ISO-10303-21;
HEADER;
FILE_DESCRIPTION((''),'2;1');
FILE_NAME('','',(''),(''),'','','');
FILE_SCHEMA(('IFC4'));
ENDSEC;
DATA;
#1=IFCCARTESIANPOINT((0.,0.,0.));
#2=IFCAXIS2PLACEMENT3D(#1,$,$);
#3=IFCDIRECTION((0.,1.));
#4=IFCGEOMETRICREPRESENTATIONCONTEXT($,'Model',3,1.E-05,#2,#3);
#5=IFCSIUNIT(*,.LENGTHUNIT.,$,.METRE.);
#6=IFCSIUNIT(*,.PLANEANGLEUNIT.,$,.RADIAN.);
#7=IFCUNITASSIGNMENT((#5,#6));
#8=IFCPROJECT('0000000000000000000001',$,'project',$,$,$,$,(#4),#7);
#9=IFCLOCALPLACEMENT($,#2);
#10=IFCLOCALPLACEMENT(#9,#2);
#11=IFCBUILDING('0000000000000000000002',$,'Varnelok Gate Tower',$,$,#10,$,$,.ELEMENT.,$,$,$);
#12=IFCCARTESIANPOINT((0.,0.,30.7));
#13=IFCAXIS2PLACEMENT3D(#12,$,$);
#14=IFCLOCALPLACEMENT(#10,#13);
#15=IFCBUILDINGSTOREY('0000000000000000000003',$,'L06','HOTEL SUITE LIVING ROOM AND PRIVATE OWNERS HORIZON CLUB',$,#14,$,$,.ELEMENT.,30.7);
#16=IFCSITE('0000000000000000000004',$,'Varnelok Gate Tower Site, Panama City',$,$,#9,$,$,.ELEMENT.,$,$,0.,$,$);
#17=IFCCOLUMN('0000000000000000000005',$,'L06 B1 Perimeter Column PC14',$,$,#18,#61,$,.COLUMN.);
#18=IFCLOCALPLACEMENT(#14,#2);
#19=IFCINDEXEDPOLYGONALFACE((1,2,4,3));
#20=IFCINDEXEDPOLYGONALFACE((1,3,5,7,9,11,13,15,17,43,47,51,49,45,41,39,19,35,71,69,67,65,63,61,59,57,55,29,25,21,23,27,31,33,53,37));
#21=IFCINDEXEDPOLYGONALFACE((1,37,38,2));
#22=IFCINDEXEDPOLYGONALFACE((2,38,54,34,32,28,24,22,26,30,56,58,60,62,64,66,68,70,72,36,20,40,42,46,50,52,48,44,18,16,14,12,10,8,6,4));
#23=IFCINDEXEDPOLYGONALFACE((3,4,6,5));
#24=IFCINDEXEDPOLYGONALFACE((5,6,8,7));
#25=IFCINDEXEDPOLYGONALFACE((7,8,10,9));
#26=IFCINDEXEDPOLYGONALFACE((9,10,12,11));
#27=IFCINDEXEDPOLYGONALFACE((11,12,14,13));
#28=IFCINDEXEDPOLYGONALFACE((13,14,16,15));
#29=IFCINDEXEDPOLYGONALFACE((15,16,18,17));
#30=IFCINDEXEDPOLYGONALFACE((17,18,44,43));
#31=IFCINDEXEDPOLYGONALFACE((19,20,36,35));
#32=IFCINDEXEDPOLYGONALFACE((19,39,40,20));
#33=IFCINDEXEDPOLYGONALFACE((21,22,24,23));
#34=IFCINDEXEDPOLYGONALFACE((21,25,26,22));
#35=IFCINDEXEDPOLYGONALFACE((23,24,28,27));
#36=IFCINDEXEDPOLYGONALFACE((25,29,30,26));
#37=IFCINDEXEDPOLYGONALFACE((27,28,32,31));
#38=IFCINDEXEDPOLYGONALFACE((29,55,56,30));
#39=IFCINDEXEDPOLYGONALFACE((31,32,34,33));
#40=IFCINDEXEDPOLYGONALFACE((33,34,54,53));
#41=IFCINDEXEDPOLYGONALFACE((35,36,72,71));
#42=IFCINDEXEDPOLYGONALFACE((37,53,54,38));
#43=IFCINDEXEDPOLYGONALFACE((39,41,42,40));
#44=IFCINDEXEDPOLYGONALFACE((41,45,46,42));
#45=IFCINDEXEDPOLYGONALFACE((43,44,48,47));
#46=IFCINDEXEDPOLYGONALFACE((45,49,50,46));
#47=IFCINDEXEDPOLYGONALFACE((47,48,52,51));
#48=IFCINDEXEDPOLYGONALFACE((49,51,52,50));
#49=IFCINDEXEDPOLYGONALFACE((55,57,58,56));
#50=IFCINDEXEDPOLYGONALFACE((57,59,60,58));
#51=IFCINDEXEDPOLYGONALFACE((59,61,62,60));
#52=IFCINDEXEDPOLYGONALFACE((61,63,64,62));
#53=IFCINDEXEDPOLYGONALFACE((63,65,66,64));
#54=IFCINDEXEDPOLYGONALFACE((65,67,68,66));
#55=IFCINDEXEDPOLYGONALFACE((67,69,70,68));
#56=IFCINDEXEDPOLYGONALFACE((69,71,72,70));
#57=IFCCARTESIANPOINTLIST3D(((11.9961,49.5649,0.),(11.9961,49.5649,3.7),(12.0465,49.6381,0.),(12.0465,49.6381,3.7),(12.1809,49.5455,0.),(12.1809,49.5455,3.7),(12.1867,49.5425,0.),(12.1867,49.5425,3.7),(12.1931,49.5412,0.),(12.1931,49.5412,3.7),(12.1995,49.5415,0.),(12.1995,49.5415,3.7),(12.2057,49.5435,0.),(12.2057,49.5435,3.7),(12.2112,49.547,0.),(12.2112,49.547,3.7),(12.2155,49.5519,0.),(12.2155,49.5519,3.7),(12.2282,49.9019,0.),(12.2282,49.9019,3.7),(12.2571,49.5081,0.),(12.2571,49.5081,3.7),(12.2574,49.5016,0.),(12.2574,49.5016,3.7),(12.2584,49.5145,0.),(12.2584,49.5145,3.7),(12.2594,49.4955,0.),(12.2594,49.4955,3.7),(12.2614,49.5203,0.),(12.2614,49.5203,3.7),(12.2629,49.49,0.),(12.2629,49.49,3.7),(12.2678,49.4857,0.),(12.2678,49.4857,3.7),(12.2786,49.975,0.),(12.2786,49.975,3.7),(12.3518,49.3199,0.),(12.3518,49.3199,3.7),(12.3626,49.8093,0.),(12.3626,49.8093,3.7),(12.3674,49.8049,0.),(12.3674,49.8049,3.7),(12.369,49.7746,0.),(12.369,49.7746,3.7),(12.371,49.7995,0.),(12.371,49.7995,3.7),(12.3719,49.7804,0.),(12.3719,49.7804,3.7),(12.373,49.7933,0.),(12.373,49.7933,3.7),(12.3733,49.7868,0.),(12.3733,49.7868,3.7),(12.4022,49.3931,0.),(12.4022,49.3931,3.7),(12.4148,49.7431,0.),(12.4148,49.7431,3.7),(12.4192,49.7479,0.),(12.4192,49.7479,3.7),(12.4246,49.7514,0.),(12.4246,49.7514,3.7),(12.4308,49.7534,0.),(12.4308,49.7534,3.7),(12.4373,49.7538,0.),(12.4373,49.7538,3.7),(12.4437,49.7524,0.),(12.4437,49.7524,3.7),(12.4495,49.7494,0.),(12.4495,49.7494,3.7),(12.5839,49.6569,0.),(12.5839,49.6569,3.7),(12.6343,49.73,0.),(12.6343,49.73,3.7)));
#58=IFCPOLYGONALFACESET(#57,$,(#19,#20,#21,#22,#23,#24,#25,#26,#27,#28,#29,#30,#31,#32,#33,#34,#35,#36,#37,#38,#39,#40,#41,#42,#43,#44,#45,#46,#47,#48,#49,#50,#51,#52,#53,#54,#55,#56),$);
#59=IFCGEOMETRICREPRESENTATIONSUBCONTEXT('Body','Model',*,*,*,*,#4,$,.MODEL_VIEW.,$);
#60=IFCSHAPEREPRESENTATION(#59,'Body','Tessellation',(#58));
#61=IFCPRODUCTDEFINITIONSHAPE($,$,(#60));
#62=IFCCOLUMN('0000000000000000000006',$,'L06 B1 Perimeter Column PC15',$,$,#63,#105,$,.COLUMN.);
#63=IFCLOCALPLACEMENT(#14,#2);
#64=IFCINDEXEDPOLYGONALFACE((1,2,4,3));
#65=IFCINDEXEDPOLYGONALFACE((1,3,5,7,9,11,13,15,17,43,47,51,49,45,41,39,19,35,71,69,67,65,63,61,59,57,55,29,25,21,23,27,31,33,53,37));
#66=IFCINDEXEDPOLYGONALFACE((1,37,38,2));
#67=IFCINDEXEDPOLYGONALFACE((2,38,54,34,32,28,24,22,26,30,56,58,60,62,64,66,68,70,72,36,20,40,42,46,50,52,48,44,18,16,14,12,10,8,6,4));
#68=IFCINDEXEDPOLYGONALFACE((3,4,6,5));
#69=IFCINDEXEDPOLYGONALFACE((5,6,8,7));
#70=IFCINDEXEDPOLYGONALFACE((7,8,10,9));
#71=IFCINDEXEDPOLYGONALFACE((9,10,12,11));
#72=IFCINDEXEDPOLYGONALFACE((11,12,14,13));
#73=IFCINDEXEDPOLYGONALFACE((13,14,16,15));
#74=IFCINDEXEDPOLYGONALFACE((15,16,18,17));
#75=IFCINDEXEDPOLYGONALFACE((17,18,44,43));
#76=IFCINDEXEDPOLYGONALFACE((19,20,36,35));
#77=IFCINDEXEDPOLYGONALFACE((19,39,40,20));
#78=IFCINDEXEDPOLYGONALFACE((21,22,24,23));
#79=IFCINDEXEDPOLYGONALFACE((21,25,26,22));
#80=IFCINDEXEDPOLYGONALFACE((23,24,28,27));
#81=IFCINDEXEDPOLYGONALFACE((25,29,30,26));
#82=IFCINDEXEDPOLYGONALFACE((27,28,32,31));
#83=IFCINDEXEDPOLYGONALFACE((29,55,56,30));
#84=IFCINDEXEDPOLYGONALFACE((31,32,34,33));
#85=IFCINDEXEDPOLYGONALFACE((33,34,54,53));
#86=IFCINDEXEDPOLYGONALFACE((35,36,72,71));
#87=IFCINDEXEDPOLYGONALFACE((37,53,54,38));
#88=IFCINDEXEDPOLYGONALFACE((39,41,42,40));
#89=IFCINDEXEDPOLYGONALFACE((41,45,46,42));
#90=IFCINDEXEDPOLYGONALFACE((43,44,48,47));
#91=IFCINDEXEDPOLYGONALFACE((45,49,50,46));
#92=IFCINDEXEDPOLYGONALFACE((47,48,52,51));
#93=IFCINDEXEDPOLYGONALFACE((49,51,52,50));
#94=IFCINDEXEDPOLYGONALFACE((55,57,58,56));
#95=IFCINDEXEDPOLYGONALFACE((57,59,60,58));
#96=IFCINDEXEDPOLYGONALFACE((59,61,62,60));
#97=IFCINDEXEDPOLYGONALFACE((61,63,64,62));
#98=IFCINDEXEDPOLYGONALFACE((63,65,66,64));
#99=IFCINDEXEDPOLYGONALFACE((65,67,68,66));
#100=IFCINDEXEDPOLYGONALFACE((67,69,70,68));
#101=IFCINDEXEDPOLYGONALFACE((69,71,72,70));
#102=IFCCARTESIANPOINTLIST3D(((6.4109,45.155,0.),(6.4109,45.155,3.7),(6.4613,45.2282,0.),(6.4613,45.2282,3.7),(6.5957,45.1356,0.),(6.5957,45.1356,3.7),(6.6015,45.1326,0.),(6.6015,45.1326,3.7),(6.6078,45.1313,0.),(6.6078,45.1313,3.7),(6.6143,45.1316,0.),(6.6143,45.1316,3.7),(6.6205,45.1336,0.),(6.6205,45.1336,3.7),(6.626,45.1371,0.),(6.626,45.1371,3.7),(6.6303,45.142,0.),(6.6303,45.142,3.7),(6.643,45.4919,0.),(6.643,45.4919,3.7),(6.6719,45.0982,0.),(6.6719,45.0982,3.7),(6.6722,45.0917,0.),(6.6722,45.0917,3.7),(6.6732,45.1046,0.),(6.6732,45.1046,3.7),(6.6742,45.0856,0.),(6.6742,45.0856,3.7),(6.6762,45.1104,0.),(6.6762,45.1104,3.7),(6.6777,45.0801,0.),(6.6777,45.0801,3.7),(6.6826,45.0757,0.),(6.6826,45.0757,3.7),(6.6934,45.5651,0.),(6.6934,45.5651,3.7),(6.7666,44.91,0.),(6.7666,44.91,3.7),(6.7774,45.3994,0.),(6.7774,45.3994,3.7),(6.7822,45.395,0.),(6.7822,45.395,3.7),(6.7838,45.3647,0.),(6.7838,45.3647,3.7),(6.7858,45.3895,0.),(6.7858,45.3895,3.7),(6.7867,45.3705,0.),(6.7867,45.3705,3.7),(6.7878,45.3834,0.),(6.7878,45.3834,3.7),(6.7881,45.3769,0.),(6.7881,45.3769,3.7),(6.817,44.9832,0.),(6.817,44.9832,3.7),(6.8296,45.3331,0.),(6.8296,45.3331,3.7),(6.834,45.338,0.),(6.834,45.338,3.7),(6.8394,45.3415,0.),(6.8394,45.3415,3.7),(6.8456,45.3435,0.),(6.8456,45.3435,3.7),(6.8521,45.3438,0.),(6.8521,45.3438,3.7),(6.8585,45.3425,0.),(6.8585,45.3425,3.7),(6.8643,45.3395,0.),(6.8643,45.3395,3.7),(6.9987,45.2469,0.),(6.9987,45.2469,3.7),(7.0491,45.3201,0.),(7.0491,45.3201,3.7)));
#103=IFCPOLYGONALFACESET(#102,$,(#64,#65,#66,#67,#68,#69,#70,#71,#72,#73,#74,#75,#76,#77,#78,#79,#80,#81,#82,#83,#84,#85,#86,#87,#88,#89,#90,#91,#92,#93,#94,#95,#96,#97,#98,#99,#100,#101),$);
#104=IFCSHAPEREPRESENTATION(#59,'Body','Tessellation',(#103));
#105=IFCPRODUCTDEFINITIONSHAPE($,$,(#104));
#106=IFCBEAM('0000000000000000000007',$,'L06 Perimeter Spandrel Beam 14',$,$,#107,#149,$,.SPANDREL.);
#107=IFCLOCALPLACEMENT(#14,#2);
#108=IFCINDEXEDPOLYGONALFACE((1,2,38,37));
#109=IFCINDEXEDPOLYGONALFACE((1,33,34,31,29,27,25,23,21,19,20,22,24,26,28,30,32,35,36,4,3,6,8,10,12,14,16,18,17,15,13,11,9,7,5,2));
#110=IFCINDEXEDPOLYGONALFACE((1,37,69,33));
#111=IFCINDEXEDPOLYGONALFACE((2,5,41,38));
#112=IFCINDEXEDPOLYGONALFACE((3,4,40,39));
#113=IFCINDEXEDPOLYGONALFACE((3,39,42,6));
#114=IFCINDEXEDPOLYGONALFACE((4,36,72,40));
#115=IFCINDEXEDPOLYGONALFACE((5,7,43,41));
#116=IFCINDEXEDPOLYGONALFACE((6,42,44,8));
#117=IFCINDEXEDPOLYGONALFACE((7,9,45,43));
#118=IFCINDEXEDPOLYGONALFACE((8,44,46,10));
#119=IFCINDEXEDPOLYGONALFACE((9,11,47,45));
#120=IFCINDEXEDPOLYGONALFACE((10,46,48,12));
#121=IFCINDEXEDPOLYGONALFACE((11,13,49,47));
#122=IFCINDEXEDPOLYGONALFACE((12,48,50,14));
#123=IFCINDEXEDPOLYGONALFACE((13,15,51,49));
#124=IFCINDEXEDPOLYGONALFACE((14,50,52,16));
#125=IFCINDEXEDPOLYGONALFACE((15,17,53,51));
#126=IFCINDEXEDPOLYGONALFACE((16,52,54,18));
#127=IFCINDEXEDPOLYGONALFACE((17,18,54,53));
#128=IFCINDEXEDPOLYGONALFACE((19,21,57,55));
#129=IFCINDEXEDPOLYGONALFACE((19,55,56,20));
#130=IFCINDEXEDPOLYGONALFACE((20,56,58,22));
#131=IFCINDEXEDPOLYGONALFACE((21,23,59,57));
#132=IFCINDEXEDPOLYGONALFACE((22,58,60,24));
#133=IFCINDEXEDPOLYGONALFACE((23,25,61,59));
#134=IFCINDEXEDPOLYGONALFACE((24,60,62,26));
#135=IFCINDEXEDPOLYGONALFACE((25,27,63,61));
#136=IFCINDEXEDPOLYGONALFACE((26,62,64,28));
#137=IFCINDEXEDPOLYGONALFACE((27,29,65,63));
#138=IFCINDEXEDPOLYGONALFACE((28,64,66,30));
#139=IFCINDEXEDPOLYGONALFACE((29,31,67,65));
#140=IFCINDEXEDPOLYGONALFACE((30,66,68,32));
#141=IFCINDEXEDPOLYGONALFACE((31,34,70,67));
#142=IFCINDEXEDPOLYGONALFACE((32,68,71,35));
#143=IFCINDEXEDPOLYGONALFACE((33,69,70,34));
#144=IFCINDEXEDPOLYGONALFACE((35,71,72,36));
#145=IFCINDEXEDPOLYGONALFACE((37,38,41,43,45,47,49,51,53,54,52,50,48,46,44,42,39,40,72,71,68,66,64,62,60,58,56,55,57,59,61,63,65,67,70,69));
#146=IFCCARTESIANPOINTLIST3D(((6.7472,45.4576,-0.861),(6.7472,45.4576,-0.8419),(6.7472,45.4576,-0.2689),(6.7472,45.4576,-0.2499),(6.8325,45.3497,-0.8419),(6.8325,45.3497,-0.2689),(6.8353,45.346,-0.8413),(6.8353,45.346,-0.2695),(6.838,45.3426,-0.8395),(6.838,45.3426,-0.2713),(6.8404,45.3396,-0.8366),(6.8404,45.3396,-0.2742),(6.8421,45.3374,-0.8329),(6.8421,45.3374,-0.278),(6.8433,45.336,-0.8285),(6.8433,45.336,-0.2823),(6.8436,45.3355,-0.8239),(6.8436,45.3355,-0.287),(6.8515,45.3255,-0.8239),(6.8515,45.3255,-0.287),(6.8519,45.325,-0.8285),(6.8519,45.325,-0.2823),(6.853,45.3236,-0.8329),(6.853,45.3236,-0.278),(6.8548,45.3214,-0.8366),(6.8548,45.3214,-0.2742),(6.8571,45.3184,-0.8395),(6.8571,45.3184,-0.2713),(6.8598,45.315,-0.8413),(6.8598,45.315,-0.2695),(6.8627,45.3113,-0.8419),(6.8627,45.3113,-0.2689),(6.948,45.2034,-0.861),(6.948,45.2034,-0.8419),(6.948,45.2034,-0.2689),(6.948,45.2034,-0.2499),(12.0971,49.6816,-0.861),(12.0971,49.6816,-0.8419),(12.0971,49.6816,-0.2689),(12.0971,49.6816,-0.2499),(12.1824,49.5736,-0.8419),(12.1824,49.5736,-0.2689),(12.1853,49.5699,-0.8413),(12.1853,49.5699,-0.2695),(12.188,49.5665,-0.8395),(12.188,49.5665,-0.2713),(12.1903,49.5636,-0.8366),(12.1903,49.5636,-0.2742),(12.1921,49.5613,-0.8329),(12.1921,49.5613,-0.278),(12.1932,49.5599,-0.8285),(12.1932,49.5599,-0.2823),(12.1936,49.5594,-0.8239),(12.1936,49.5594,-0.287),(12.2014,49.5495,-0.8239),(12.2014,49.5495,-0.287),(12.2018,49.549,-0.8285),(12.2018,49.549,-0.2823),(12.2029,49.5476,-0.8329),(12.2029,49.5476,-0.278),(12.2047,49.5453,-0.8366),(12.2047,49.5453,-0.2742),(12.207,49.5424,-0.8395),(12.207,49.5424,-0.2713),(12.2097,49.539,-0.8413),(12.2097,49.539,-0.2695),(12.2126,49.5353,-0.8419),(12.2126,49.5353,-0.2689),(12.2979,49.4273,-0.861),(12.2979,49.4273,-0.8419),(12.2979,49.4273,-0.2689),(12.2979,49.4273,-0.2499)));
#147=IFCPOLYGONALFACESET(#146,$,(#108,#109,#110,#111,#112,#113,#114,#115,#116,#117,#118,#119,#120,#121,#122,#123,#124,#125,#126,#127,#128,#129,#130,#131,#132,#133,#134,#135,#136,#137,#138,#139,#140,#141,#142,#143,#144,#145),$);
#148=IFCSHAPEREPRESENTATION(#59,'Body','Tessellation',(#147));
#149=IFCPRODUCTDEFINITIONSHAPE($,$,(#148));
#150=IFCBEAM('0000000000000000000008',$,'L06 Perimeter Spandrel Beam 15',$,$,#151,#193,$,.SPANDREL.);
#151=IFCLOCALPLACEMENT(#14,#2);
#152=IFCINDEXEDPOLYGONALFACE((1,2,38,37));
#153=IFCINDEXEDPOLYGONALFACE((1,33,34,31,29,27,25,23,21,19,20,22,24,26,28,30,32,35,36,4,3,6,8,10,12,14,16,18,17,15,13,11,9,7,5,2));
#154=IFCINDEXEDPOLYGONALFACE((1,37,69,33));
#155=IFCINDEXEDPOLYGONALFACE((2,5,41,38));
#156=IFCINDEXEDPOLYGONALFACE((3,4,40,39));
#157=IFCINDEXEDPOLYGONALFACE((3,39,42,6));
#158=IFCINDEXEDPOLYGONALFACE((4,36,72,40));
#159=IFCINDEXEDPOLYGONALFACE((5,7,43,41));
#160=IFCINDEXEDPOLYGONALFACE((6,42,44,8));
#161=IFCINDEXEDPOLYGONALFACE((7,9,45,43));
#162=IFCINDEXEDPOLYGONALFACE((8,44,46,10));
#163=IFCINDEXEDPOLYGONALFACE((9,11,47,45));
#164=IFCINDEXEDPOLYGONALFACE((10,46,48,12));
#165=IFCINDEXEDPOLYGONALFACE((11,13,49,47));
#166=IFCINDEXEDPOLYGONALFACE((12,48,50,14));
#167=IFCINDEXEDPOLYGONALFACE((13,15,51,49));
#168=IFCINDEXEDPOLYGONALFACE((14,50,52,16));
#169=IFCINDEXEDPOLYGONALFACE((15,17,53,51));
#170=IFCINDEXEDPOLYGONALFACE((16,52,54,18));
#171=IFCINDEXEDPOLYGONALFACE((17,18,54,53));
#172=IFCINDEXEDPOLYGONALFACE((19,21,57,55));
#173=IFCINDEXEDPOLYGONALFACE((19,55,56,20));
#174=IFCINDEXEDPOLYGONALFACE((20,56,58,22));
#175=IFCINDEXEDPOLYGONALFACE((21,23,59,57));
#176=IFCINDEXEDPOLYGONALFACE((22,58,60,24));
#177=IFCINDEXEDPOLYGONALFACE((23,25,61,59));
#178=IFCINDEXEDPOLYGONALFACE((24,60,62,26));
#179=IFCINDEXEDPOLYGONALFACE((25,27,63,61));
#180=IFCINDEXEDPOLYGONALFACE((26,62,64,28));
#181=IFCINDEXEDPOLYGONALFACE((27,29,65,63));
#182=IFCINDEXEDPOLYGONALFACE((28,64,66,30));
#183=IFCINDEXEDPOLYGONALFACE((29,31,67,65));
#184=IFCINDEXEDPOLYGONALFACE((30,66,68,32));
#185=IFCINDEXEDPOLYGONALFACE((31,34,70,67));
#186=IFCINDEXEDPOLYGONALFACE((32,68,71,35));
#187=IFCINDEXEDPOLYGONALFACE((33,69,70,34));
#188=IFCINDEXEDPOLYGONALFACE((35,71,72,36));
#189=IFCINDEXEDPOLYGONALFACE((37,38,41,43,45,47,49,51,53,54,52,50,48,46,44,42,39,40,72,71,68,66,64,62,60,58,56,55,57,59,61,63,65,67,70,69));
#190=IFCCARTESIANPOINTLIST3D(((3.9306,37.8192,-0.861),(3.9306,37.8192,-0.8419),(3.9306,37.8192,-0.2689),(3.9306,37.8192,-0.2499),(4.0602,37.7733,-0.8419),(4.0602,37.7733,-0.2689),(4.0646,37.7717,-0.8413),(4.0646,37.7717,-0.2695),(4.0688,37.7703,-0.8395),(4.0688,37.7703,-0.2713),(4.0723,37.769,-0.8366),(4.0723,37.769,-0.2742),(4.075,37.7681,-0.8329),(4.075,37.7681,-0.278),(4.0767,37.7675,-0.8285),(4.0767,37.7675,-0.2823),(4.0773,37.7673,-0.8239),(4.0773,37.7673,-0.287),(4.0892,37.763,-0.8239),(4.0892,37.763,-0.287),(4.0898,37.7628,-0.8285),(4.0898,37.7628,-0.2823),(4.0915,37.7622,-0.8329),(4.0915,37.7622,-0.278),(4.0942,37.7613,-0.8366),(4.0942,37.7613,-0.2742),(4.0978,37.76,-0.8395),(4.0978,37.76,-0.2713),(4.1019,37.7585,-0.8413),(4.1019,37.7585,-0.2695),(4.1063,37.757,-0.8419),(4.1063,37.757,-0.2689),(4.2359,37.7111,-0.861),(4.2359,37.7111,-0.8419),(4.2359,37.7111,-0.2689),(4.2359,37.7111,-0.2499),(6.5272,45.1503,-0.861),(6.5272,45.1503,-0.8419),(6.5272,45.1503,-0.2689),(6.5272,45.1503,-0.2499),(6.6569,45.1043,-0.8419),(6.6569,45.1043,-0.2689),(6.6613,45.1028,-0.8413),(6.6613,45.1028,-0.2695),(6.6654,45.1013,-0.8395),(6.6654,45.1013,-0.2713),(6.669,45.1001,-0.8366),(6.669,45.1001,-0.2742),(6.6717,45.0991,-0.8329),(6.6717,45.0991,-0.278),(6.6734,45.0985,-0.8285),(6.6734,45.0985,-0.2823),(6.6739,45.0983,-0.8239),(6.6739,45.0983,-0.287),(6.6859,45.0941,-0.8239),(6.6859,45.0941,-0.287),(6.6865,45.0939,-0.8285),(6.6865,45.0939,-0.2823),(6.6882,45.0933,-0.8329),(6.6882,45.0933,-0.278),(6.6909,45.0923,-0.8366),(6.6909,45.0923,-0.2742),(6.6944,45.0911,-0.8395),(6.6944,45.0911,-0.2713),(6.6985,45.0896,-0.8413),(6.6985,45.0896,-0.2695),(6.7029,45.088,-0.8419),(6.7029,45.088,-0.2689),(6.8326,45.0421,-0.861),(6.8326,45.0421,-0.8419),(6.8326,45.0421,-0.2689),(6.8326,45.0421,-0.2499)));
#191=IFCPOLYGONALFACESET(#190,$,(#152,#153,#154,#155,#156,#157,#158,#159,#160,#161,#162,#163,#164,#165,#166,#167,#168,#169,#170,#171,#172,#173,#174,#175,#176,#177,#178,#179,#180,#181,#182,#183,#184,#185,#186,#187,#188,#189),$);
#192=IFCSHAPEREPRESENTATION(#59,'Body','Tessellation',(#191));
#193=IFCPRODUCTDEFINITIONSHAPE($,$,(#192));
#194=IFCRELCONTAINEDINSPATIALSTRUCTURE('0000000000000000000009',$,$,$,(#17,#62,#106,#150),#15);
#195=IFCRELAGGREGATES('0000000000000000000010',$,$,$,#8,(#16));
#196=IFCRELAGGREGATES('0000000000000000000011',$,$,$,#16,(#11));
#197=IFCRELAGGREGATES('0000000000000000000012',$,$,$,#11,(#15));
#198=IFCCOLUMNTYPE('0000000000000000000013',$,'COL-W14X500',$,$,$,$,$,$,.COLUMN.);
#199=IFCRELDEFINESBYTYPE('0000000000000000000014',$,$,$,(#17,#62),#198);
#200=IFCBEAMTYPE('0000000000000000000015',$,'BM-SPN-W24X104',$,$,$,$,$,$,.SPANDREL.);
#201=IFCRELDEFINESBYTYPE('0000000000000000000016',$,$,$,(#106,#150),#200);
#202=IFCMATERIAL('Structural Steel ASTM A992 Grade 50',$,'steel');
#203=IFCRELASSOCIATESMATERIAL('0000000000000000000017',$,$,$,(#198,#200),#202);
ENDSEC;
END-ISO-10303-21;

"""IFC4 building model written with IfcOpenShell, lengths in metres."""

from ifc_helpers import new_model, si_unit, direction, frame, origin, origin_2d, place, context, subcontext, project, spatial, i_section, extrude, material, material_profile, profile_set, type_object, element, save


model = new_model("IFC4")

# Units and contexts
model_context = context("Model", 3, precision=1e-05, world=origin(), true_north=direction((0.0, 1.0)))
body_context = subcontext(model_context, "Body", "Model", "MODEL_VIEW")
ifc_project = project(units=[si_unit("LENGTHUNIT", "METRE"), si_unit("PLANEANGLEUNIT", "RADIAN")], contexts=[model_context])

# Site, building, storey
site_placement = place(None, origin())
site = spatial("IfcSite", under=ifc_project, at=site_placement, Name="Varnelok Gate Tower Site, Panama City", CompositionType="ELEMENT", RefElevation=0.0)
building_placement = place(site_placement, origin())
building = spatial("IfcBuilding", under=site, at=building_placement, Name="Varnelok Gate Tower", CompositionType="ELEMENT")
storey_placement = place(building_placement, frame((0.0, 0.0, 30.7)))
storey = spatial("IfcBuildingStorey", under=building, at=storey_placement, Name="L06", Description="HOTEL SUITE LIVING ROOM AND PRIVATE OWNERS HORIZON CLUB", CompositionType="ELEMENT", Elevation=30.7)

# Columns
ifc_material_1 = material(Name="Structural Steel ASTM A992 Grade 50", Category="steel")
ifc_material_profile_1 = material_profile(ifc_material_1, i_section(OverallWidth=0.4319, OverallDepth=0.498, WebThickness=0.0557, FlangeThickness=0.0889, FilletRadius=0.0249, at=origin_2d()), Name="W14X500")
ifc_profile_set_1 = profile_set([ifc_material_profile_1], Name="Structural Steel ASTM A992 Grade 50")
column_type = type_object("IfcColumnType", Name="COL-W14X500", PredefinedType="COLUMN", material=ifc_profile_set_1)
for number, where, z_axis, x_axis, name in (
    (1, (12.3152, 49.6475, 0.0), (0.0, 0.0, 1.0), (0.823533, -0.567269, 0.0), "L06 B1 Perimeter Column PC14"),
    (2, (6.73, 45.2375, 0.0), (0.0, 0.0, 1.0), (0.823533, -0.567269, 0.0), "L06 B1 Perimeter Column PC15"),
):
    element("IfcColumn", number, at=place(storey_placement, frame(where, z_axis=z_axis, x_axis=x_axis)), inside=storey, type_object=column_type, Name=name, PredefinedType="COLUMN", context=body_context, shape_type="SweptSolid", body=[
        extrude(i_section(OverallWidth=0.4319, OverallDepth=0.498, WebThickness=0.0557, FlangeThickness=0.0889, FilletRadius=0.0249, at=origin_2d()), origin(), (0.0, 0.0, 1.0), 3.7),
    ])

# Beams
ifc_material_profile_2 = material_profile(ifc_material_1, i_section(OverallWidth=0.324, OverallDepth=0.6111, WebThickness=0.0127, FlangeThickness=0.019, FilletRadius=0.0181, at=origin_2d()), Name="W24X104")
ifc_profile_set_2 = profile_set([ifc_material_profile_2], Name="Structural Steel ASTM A992 Grade 50")
beam_type = type_object("IfcBeamType", Name="BM-SPN-W24X104", PredefinedType="SPANDREL", material=ifc_profile_set_2)
beam_1_placement = place(storey_placement, frame((12.1975, 49.5544, -0.5554), z_axis=(-0.784861, -0.619672, 0.0), x_axis=(0.619672, -0.784861, 0.0)))
element("IfcBeam", 3, at=beam_1_placement, inside=storey, type_object=beam_type, Name="L06 Perimeter Spandrel Beam 14", PredefinedType="SPANDREL", context=body_context, shape_type="SweptSolid", body=[
    extrude(i_section(OverallWidth=0.324, OverallDepth=0.6111, WebThickness=0.0127, FlangeThickness=0.019, FilletRadius=0.0181, at=origin_2d()), origin(), (0.0, 0.0, 1.0), 6.8164),
])
beam_2_placement = place(storey_placement, frame((6.6799, 45.0962, -0.5554), z_axis=(-0.333877, -0.942617, 0.0), x_axis=(0.942617, -0.333877, 0.0)))
element("IfcBeam", 4, at=beam_2_placement, inside=storey, type_object=beam_type, Name="L06 Perimeter Spandrel Beam 15", PredefinedType="SPANDREL", context=body_context, shape_type="SweptSolid", body=[
    extrude(i_section(OverallWidth=0.324, OverallDepth=0.6111, WebThickness=0.0127, FlangeThickness=0.019, FilletRadius=0.0181, at=origin_2d()), origin(), (0.0, 0.0, 1.0), 7.7773),
])

save(model, "model.ifc")
